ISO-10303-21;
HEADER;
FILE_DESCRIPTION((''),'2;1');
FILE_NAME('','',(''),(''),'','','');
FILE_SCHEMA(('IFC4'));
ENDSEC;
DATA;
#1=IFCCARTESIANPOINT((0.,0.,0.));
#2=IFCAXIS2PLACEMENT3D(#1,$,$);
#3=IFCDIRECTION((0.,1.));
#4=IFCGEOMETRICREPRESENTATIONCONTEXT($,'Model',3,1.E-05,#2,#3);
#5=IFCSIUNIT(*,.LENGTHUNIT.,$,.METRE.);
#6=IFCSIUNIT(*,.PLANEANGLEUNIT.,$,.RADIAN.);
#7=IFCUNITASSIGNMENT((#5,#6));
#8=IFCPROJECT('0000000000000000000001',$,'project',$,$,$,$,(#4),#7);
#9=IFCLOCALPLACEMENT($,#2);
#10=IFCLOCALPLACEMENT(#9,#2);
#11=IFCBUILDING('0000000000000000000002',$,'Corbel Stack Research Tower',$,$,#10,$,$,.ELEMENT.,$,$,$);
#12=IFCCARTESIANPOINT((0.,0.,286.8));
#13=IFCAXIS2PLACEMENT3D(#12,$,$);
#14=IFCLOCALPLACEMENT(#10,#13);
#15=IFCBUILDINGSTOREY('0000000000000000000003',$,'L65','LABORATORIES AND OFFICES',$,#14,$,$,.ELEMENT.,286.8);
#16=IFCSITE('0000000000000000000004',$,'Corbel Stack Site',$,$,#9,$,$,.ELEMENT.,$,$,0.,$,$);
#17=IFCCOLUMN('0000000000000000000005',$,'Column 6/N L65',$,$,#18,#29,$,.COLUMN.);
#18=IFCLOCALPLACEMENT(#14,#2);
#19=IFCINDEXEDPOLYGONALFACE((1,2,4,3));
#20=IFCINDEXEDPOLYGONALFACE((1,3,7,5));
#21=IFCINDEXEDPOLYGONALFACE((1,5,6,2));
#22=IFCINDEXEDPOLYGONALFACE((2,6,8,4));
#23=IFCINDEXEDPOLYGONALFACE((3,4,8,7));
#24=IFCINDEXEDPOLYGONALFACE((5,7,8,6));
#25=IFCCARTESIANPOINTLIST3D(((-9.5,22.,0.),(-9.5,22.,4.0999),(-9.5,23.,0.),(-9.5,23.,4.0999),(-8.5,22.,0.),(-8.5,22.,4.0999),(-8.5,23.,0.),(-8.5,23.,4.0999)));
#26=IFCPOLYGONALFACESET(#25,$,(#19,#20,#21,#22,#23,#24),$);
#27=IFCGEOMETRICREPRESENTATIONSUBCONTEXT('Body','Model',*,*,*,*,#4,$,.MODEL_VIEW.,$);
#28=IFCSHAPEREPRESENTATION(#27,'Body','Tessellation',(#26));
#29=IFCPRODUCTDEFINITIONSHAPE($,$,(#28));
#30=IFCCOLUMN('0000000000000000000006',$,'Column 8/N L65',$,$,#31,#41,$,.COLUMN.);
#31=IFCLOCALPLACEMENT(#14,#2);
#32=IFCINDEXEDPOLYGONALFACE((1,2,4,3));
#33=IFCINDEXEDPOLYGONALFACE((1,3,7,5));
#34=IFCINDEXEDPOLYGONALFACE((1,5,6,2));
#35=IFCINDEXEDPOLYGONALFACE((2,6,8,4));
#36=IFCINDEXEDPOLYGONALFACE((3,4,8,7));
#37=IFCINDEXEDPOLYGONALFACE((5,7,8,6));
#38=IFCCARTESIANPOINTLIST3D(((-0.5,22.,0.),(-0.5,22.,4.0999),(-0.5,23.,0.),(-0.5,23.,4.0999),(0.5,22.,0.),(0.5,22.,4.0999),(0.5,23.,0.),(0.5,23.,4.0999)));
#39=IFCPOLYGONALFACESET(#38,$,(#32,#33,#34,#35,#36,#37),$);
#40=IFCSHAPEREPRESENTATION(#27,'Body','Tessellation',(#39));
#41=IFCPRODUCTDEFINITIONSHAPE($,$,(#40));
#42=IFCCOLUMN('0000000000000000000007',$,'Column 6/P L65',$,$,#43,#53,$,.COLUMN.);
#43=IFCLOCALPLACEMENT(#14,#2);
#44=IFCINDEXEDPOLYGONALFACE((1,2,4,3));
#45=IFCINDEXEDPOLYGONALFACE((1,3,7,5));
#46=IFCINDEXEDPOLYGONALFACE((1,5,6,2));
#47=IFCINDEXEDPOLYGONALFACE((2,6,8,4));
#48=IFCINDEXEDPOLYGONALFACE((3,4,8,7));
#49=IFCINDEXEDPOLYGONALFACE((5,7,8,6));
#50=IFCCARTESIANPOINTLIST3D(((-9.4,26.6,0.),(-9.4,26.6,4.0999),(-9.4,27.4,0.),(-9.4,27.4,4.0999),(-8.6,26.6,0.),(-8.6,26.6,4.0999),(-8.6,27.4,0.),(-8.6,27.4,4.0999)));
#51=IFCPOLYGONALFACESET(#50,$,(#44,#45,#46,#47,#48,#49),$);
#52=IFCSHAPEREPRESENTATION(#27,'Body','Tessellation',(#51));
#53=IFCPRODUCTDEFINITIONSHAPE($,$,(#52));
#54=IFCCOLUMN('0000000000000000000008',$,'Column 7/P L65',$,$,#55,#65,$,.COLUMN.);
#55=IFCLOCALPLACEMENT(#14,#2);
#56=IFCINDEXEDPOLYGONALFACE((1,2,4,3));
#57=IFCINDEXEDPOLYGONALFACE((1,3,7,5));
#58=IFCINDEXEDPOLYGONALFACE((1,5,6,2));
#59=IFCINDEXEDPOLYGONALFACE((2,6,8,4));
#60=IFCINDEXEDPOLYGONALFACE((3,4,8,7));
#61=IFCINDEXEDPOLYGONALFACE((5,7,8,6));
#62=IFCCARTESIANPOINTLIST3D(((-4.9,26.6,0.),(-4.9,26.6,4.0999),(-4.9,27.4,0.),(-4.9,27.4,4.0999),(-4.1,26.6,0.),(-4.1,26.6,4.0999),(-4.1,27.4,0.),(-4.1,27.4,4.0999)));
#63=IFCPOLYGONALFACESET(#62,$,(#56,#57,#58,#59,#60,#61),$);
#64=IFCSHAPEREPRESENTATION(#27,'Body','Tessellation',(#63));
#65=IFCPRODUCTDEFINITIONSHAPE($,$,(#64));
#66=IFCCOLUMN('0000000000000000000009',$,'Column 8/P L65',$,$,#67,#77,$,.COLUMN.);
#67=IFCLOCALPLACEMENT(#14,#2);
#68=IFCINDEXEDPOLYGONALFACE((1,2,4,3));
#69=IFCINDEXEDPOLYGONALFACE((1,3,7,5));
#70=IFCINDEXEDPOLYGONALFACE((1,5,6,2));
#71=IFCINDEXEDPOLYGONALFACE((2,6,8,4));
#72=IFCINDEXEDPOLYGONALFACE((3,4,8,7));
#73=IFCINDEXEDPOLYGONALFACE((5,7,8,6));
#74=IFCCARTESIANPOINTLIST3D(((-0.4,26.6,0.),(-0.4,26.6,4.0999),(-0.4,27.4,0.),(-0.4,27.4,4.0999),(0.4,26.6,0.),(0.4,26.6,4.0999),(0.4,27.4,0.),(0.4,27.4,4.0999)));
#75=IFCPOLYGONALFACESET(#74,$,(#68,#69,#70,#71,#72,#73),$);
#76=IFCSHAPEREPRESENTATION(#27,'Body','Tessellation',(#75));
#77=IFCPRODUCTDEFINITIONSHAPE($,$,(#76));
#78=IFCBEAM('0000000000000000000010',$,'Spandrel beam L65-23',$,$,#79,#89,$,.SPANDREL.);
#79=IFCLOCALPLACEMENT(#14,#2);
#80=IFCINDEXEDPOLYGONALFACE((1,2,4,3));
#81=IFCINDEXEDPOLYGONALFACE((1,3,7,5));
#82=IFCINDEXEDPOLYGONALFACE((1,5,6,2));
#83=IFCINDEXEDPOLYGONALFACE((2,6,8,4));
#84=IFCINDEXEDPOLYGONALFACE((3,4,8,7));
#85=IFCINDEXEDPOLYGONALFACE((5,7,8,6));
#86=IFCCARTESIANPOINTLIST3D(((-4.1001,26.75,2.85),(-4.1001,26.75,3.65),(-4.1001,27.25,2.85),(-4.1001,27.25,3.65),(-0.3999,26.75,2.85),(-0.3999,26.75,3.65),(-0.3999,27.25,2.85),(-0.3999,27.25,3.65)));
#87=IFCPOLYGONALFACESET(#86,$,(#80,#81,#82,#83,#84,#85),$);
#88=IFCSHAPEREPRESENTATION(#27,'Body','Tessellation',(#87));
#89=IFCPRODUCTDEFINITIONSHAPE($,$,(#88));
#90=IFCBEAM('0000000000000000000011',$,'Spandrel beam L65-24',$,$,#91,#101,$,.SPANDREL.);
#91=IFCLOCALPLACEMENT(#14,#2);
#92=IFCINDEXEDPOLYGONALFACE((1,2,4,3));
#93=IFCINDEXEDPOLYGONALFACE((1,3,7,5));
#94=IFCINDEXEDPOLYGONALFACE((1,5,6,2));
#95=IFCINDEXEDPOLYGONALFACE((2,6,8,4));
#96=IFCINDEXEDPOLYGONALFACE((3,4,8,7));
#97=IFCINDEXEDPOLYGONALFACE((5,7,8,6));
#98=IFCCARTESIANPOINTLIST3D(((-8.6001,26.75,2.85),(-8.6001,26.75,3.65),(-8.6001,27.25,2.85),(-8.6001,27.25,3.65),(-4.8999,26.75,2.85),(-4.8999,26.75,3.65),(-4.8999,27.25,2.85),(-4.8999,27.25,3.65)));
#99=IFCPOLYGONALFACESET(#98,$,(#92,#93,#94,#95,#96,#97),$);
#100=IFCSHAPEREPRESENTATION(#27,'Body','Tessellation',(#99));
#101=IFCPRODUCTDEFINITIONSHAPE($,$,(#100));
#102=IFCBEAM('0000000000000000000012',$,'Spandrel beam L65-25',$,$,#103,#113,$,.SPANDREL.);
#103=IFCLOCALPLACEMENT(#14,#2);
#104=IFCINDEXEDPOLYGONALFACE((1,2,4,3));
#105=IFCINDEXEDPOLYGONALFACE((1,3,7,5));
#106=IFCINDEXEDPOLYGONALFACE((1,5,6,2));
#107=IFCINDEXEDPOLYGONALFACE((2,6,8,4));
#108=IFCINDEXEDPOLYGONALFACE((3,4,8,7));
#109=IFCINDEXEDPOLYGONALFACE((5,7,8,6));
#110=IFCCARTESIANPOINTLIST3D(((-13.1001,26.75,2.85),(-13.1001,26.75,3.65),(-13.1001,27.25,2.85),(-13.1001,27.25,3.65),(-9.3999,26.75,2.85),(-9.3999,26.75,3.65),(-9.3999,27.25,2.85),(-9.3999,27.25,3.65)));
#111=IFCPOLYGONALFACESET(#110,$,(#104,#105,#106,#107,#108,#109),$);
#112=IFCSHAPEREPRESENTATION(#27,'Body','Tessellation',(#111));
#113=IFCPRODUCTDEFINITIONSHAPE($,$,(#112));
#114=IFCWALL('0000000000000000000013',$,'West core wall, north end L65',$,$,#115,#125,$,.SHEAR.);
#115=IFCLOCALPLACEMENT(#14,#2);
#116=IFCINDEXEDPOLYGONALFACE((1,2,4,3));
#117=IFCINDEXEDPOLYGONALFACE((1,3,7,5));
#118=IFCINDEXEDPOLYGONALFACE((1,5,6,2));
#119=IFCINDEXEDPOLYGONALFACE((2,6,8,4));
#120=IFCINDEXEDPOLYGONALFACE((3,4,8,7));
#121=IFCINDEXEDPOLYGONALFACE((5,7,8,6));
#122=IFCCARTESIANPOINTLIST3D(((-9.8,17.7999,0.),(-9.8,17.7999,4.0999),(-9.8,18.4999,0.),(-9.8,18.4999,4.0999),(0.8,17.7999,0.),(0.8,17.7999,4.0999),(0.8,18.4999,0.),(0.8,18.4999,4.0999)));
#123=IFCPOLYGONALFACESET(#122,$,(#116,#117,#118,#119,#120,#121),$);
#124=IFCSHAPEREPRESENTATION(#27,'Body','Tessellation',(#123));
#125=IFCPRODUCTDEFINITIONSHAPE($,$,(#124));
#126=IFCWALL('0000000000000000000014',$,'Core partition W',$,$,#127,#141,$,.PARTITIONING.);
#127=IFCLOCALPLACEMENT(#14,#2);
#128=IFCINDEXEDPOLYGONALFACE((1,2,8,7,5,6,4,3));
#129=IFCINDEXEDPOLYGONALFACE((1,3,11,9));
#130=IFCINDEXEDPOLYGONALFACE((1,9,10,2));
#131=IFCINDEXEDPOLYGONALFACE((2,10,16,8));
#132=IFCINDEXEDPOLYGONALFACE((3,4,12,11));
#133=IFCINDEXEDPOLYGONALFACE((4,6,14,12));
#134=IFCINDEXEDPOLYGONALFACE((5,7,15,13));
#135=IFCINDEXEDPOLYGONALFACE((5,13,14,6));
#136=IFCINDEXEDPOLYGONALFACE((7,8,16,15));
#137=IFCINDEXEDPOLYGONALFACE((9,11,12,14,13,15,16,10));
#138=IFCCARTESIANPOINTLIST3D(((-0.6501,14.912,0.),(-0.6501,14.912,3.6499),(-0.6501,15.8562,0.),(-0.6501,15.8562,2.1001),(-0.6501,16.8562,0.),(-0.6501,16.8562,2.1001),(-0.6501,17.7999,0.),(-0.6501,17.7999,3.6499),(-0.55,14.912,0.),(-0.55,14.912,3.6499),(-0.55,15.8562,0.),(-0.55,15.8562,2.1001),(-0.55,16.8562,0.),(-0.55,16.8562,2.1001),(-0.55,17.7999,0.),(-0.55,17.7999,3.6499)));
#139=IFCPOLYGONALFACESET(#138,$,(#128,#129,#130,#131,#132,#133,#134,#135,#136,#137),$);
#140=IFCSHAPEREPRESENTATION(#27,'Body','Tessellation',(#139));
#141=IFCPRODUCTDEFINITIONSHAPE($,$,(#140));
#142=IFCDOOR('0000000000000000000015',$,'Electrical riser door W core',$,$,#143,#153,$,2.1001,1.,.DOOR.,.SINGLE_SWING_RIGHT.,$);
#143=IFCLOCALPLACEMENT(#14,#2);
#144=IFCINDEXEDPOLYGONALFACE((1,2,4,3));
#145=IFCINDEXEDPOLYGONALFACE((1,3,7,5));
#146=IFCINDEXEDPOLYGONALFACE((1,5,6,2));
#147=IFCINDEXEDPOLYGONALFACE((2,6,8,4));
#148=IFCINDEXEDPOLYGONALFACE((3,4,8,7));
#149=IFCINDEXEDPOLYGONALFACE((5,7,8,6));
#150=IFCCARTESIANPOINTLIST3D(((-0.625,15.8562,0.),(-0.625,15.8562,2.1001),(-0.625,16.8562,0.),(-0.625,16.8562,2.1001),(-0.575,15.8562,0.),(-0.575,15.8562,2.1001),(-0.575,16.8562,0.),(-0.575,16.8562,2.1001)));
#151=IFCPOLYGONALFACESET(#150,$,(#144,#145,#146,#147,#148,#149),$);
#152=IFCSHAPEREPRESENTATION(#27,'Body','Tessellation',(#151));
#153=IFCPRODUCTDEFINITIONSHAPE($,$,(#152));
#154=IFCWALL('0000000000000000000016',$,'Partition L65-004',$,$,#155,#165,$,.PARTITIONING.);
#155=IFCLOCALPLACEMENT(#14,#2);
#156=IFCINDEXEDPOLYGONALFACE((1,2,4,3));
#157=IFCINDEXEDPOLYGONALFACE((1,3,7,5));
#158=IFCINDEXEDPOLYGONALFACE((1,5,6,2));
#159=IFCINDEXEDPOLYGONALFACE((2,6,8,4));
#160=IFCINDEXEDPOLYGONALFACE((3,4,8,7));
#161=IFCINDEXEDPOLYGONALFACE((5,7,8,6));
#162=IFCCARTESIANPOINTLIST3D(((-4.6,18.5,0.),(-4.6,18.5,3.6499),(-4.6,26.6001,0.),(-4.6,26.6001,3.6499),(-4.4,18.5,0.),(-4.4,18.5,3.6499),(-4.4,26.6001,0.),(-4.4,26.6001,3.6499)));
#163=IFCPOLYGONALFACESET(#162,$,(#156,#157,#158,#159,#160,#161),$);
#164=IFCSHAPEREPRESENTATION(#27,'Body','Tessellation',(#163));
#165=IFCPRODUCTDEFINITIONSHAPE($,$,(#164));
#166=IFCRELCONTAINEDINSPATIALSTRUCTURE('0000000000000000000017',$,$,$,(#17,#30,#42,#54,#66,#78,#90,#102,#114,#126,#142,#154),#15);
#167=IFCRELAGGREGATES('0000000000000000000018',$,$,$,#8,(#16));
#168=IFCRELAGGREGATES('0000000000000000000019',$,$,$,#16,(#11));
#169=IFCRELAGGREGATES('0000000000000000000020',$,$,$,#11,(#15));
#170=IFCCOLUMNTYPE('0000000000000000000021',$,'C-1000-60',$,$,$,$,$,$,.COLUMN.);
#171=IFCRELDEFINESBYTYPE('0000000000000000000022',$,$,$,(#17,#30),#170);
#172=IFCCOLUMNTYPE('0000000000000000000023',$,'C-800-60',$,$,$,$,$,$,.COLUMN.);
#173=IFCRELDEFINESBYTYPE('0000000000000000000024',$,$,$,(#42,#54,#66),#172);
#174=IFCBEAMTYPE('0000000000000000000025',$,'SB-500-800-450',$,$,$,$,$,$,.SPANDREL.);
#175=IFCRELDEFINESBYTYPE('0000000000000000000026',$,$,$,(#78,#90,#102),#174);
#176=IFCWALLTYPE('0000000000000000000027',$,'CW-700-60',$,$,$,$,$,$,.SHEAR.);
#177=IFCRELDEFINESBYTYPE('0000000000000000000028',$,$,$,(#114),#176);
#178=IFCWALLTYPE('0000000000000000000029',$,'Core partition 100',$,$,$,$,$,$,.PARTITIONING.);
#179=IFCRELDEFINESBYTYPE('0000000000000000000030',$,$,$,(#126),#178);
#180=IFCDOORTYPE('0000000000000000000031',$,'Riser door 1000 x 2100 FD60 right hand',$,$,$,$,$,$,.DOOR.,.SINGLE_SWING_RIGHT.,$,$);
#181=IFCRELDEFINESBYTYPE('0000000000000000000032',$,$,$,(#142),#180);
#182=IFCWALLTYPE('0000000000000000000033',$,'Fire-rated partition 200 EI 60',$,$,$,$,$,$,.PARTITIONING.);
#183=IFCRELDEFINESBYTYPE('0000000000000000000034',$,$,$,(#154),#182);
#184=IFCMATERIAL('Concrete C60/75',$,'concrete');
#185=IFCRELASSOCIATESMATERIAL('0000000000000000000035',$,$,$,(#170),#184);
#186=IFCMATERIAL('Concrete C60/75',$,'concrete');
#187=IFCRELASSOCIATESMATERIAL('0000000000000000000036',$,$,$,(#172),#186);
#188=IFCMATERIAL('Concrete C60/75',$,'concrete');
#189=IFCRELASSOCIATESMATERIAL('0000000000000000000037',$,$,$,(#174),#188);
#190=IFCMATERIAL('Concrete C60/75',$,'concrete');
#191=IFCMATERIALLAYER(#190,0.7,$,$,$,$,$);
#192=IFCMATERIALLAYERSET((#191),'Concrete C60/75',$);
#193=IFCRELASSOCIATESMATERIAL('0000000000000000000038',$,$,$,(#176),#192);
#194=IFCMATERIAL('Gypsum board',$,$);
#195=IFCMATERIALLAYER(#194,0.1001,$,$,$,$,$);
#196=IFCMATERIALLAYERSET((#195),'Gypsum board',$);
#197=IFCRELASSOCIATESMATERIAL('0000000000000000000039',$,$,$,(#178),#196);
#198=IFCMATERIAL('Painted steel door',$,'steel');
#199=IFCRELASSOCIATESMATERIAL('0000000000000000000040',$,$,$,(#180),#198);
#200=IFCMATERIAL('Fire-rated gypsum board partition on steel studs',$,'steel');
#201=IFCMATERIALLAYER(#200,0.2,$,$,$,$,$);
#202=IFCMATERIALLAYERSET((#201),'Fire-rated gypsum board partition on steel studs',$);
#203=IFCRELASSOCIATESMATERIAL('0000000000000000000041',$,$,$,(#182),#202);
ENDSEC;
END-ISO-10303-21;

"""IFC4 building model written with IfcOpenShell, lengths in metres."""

from ifc_helpers import new_model, si_unit, direction, frame, frame_2d, origin, origin_2d, place, context, subcontext, project, spatial, rectangle, extrude, material, layer, layer_set, material_profile, profile_set, type_object, element, fill, save


model = new_model("IFC4")

# Units and contexts
model_context = context("Model", 3, precision=1e-05, world=origin(), true_north=direction((0.0, 1.0)))
body_context = subcontext(model_context, "Body", "Model", "MODEL_VIEW")
ifc_project = project(units=[si_unit("LENGTHUNIT", "METRE"), si_unit("PLANEANGLEUNIT", "RADIAN")], contexts=[model_context])

# Site, building, storey
site_placement = place(None, origin())
site = spatial("IfcSite", under=ifc_project, at=site_placement, Name="Corbel Stack Site", CompositionType="ELEMENT", RefElevation=0.0)
building_placement = place(site_placement, origin())
building = spatial("IfcBuilding", under=site, at=building_placement, Name="Corbel Stack Research Tower", CompositionType="ELEMENT")
storey_placement = place(building_placement, frame((0.0, 0.0, 286.8)))
storey = spatial("IfcBuildingStorey", under=building, at=storey_placement, Name="L65", Description="LABORATORIES AND OFFICES", CompositionType="ELEMENT", Elevation=286.8)

# Columns
ifc_material_1 = material(Name="Concrete C60/75", Category="concrete")
ifc_material_profile_1 = material_profile(ifc_material_1, rectangle(XDim=1.0, YDim=1.0, at=origin_2d()), Name="RC 1000 x 1000")
ifc_profile_set_1 = profile_set([ifc_material_profile_1], Name="Concrete C60/75")
column_type_1 = type_object("IfcColumnType", Name="C-1000-60", PredefinedType="COLUMN", material=ifc_profile_set_1)
for number, where, z_axis, x_axis, name in (
    (1, (-9.0, 22.5, 0.0), (0.0, 0.0, 1.0), (1.0, 0.0, 0.0), "Column 6/N L65"),
    (2, (0.0, 22.5, 0.0), (0.0, 0.0, 1.0), (1.0, 0.0, 0.0), "Column 8/N L65"),
):
    element("IfcColumn", number, at=place(storey_placement, frame(where, z_axis=z_axis, x_axis=x_axis)), inside=storey, type_object=column_type_1, Name=name, PredefinedType="COLUMN", context=body_context, shape_type="SweptSolid", body=[
        extrude(rectangle(XDim=1.0, YDim=1.0, at=origin_2d()), origin(), (0.0, 0.0, 1.0), 4.0999),
    ])
ifc_material_2 = material(Name="Concrete C60/75", Category="concrete")
ifc_material_profile_2 = material_profile(ifc_material_2, rectangle(XDim=0.8, YDim=0.8, at=origin_2d()), Name="RC 800 x 800")
ifc_profile_set_2 = profile_set([ifc_material_profile_2], Name="Concrete C60/75")
column_type_2 = type_object("IfcColumnType", Name="C-800-60", PredefinedType="COLUMN", material=ifc_profile_set_2)
for number, where, z_axis, x_axis, name in (
    (3, (-9.0, 27.0, 0.0), (0.0, 0.0, 1.0), (1.0, 0.0, 0.0), "Column 6/P L65"),
    (4, (-4.5, 27.0, 0.0), (0.0, 0.0, 1.0), (1.0, 0.0, 0.0), "Column 7/P L65"),
    (5, (0.0, 27.0, 0.0), (0.0, 0.0, 1.0), (1.0, 0.0, 0.0), "Column 8/P L65"),
):
    element("IfcColumn", number, at=place(storey_placement, frame(where, z_axis=z_axis, x_axis=x_axis)), inside=storey, type_object=column_type_2, Name=name, PredefinedType="COLUMN", context=body_context, shape_type="SweptSolid", body=[
        extrude(rectangle(XDim=0.8, YDim=0.8, at=origin_2d()), origin(), (0.0, 0.0, 1.0), 4.0999),
    ])

# Beams
ifc_material_3 = material(Name="Concrete C60/75", Category="concrete")
ifc_material_profile_3 = material_profile(ifc_material_3, rectangle(XDim=0.5, YDim=0.8, at=origin_2d()), Name="RC 500 x 800")
ifc_profile_set_3 = profile_set([ifc_material_profile_3], Name="Concrete C60/75")
beam_type = type_object("IfcBeamType", Name="SB-500-800-450", PredefinedType="SPANDREL", material=ifc_profile_set_3)
for number, where, z_axis, x_axis, name in (
    (6, (-0.3999, 27.0, 3.25), (-1.0, 0.0, 0.0), (0.0, -1.0, 0.0), "Spandrel beam L65-23"),
    (7, (-4.8999, 27.0, 3.25), (-1.0, 0.0, 0.0), (0.0, -1.0, 0.0), "Spandrel beam L65-24"),
    (8, (-9.3999, 27.0, 3.25), (-1.0, 0.0, 0.0), (0.0, -1.0, 0.0), "Spandrel beam L65-25"),
):
    element("IfcBeam", number, at=place(storey_placement, frame(where, z_axis=z_axis, x_axis=x_axis)), inside=storey, type_object=beam_type, Name=name, PredefinedType="SPANDREL", context=body_context, shape_type="SweptSolid", body=[
        extrude(rectangle(XDim=0.5, YDim=0.8, at=origin_2d()), origin(), (0.0, 0.0, 1.0), 3.7002),
    ])

# Wall
ifc_material_4 = material(Name="Concrete C60/75", Category="concrete")
ifc_layer_1 = layer(ifc_material_4, 0.7)
ifc_layer_set_1 = layer_set([ifc_layer_1], Name="Concrete C60/75")
wall_type_1 = type_object("IfcWallType", Name="CW-700-60", PredefinedType="SHEAR", material=ifc_layer_set_1)
wall_1_placement = place(storey_placement, frame((-9.8, 18.1499, 0.0), z_axis=(0.0, 0.0, 1.0), x_axis=(1.0, 0.0, 0.0)))
element("IfcWall", 9, at=wall_1_placement, inside=storey, type_object=wall_type_1, Name="West core wall, north end L65", PredefinedType="SHEAR", context=body_context, shape_type="SweptSolid", body=[
    extrude(rectangle(XDim=10.6001, YDim=0.7, at=frame_2d((5.3, 0.0))), origin(), (0.0, 0.0, 1.0), 4.0999),
])

# Wall, opening, door
ifc_material_5 = material(Name="Gypsum board")
ifc_layer_2 = layer(ifc_material_5, 0.1001)
ifc_layer_set_2 = layer_set([ifc_layer_2], Name="Gypsum board")
wall_type_2 = type_object("IfcWallType", Name="Core partition 100", PredefinedType="PARTITIONING", material=ifc_layer_set_2)
wall_2_placement = place(storey_placement, frame((-0.6001, 14.9121, 0.0), z_axis=(0.0, 0.0, 1.0), x_axis=(0.0, 1.0, 0.0)))
wall_2 = element("IfcWall", 10, at=wall_2_placement, inside=storey, type_object=wall_type_2, Name="Core partition W", PredefinedType="PARTITIONING", context=body_context, shape_type="SweptSolid", body=[
    extrude(rectangle(XDim=2.8879, YDim=0.1001, at=frame_2d((1.4438, 0.0))), origin(), (0.0, 0.0, 1.0), 3.6499),
])
opening_1_placement = place(wall_2_placement, frame((0.9441, 0.0, 0.0)))
opening_1 = element("IfcOpeningElement", 11, at=opening_1_placement, cuts=wall_2, PredefinedType="OPENING", context=body_context, shape_type="SweptSolid", body=[
    extrude(rectangle(XDim=1.0, YDim=2.1001, at=frame_2d((0.5, 1.05))), frame((0.0, 0.0601, 0.0), z_axis=(0.0, -1.0, 0.0), x_axis=(1.0, 0.0, 0.0)), (0.0, 0.0, 1.0), 0.1201),
])
ifc_material_6 = material(Name="Painted steel door", Category="steel")
door_type = type_object("IfcDoorType", Name="Riser door 1000 x 2100 FD60 right hand", OperationType="SINGLE_SWING_RIGHT", PredefinedType="DOOR", material=ifc_material_6)
door_placement = place(opening_1_placement, origin())
door = element("IfcDoor", 12, at=door_placement, inside=storey, type_object=door_type, Name="Electrical riser door W core", OperationType="SINGLE_SWING_RIGHT", OverallHeight=2.1001, OverallWidth=1.0, PredefinedType="DOOR", context=body_context, shape_type="SweptSolid", body=[
    extrude(rectangle(XDim=1.0, YDim=2.1001, at=frame_2d((0.5, 1.05))), frame((0.0, 0.0249, 0.0), z_axis=(0.0, -1.0, 0.0), x_axis=(1.0, 0.0, 0.0)), (0.0, 0.0, 1.0), 0.05),
])
fill(opening_1, door)

# Wall
ifc_material_7 = material(Name="Fire-rated gypsum board partition on steel studs", Category="steel")
ifc_layer_3 = layer(ifc_material_7, 0.2)
ifc_layer_set_3 = layer_set([ifc_layer_3], Name="Fire-rated gypsum board partition on steel studs")
wall_type_3 = type_object("IfcWallType", Name="Fire-rated partition 200 EI 60", PredefinedType="PARTITIONING", material=ifc_layer_set_3)
wall_3_placement = place(storey_placement, frame((-4.5, 18.5, 0.0), z_axis=(0.0, 0.0, 1.0), x_axis=(0.0, 1.0, 0.0)))
element("IfcWall", 13, at=wall_3_placement, inside=storey, type_object=wall_type_3, Name="Partition L65-004", PredefinedType="PARTITIONING", context=body_context, shape_type="SweptSolid", body=[
    extrude(rectangle(XDim=8.1001, YDim=0.2, at=frame_2d((4.05, 0.0))), origin(), (0.0, 0.0, 1.0), 3.6499),
])

save(model, "model.ifc")
